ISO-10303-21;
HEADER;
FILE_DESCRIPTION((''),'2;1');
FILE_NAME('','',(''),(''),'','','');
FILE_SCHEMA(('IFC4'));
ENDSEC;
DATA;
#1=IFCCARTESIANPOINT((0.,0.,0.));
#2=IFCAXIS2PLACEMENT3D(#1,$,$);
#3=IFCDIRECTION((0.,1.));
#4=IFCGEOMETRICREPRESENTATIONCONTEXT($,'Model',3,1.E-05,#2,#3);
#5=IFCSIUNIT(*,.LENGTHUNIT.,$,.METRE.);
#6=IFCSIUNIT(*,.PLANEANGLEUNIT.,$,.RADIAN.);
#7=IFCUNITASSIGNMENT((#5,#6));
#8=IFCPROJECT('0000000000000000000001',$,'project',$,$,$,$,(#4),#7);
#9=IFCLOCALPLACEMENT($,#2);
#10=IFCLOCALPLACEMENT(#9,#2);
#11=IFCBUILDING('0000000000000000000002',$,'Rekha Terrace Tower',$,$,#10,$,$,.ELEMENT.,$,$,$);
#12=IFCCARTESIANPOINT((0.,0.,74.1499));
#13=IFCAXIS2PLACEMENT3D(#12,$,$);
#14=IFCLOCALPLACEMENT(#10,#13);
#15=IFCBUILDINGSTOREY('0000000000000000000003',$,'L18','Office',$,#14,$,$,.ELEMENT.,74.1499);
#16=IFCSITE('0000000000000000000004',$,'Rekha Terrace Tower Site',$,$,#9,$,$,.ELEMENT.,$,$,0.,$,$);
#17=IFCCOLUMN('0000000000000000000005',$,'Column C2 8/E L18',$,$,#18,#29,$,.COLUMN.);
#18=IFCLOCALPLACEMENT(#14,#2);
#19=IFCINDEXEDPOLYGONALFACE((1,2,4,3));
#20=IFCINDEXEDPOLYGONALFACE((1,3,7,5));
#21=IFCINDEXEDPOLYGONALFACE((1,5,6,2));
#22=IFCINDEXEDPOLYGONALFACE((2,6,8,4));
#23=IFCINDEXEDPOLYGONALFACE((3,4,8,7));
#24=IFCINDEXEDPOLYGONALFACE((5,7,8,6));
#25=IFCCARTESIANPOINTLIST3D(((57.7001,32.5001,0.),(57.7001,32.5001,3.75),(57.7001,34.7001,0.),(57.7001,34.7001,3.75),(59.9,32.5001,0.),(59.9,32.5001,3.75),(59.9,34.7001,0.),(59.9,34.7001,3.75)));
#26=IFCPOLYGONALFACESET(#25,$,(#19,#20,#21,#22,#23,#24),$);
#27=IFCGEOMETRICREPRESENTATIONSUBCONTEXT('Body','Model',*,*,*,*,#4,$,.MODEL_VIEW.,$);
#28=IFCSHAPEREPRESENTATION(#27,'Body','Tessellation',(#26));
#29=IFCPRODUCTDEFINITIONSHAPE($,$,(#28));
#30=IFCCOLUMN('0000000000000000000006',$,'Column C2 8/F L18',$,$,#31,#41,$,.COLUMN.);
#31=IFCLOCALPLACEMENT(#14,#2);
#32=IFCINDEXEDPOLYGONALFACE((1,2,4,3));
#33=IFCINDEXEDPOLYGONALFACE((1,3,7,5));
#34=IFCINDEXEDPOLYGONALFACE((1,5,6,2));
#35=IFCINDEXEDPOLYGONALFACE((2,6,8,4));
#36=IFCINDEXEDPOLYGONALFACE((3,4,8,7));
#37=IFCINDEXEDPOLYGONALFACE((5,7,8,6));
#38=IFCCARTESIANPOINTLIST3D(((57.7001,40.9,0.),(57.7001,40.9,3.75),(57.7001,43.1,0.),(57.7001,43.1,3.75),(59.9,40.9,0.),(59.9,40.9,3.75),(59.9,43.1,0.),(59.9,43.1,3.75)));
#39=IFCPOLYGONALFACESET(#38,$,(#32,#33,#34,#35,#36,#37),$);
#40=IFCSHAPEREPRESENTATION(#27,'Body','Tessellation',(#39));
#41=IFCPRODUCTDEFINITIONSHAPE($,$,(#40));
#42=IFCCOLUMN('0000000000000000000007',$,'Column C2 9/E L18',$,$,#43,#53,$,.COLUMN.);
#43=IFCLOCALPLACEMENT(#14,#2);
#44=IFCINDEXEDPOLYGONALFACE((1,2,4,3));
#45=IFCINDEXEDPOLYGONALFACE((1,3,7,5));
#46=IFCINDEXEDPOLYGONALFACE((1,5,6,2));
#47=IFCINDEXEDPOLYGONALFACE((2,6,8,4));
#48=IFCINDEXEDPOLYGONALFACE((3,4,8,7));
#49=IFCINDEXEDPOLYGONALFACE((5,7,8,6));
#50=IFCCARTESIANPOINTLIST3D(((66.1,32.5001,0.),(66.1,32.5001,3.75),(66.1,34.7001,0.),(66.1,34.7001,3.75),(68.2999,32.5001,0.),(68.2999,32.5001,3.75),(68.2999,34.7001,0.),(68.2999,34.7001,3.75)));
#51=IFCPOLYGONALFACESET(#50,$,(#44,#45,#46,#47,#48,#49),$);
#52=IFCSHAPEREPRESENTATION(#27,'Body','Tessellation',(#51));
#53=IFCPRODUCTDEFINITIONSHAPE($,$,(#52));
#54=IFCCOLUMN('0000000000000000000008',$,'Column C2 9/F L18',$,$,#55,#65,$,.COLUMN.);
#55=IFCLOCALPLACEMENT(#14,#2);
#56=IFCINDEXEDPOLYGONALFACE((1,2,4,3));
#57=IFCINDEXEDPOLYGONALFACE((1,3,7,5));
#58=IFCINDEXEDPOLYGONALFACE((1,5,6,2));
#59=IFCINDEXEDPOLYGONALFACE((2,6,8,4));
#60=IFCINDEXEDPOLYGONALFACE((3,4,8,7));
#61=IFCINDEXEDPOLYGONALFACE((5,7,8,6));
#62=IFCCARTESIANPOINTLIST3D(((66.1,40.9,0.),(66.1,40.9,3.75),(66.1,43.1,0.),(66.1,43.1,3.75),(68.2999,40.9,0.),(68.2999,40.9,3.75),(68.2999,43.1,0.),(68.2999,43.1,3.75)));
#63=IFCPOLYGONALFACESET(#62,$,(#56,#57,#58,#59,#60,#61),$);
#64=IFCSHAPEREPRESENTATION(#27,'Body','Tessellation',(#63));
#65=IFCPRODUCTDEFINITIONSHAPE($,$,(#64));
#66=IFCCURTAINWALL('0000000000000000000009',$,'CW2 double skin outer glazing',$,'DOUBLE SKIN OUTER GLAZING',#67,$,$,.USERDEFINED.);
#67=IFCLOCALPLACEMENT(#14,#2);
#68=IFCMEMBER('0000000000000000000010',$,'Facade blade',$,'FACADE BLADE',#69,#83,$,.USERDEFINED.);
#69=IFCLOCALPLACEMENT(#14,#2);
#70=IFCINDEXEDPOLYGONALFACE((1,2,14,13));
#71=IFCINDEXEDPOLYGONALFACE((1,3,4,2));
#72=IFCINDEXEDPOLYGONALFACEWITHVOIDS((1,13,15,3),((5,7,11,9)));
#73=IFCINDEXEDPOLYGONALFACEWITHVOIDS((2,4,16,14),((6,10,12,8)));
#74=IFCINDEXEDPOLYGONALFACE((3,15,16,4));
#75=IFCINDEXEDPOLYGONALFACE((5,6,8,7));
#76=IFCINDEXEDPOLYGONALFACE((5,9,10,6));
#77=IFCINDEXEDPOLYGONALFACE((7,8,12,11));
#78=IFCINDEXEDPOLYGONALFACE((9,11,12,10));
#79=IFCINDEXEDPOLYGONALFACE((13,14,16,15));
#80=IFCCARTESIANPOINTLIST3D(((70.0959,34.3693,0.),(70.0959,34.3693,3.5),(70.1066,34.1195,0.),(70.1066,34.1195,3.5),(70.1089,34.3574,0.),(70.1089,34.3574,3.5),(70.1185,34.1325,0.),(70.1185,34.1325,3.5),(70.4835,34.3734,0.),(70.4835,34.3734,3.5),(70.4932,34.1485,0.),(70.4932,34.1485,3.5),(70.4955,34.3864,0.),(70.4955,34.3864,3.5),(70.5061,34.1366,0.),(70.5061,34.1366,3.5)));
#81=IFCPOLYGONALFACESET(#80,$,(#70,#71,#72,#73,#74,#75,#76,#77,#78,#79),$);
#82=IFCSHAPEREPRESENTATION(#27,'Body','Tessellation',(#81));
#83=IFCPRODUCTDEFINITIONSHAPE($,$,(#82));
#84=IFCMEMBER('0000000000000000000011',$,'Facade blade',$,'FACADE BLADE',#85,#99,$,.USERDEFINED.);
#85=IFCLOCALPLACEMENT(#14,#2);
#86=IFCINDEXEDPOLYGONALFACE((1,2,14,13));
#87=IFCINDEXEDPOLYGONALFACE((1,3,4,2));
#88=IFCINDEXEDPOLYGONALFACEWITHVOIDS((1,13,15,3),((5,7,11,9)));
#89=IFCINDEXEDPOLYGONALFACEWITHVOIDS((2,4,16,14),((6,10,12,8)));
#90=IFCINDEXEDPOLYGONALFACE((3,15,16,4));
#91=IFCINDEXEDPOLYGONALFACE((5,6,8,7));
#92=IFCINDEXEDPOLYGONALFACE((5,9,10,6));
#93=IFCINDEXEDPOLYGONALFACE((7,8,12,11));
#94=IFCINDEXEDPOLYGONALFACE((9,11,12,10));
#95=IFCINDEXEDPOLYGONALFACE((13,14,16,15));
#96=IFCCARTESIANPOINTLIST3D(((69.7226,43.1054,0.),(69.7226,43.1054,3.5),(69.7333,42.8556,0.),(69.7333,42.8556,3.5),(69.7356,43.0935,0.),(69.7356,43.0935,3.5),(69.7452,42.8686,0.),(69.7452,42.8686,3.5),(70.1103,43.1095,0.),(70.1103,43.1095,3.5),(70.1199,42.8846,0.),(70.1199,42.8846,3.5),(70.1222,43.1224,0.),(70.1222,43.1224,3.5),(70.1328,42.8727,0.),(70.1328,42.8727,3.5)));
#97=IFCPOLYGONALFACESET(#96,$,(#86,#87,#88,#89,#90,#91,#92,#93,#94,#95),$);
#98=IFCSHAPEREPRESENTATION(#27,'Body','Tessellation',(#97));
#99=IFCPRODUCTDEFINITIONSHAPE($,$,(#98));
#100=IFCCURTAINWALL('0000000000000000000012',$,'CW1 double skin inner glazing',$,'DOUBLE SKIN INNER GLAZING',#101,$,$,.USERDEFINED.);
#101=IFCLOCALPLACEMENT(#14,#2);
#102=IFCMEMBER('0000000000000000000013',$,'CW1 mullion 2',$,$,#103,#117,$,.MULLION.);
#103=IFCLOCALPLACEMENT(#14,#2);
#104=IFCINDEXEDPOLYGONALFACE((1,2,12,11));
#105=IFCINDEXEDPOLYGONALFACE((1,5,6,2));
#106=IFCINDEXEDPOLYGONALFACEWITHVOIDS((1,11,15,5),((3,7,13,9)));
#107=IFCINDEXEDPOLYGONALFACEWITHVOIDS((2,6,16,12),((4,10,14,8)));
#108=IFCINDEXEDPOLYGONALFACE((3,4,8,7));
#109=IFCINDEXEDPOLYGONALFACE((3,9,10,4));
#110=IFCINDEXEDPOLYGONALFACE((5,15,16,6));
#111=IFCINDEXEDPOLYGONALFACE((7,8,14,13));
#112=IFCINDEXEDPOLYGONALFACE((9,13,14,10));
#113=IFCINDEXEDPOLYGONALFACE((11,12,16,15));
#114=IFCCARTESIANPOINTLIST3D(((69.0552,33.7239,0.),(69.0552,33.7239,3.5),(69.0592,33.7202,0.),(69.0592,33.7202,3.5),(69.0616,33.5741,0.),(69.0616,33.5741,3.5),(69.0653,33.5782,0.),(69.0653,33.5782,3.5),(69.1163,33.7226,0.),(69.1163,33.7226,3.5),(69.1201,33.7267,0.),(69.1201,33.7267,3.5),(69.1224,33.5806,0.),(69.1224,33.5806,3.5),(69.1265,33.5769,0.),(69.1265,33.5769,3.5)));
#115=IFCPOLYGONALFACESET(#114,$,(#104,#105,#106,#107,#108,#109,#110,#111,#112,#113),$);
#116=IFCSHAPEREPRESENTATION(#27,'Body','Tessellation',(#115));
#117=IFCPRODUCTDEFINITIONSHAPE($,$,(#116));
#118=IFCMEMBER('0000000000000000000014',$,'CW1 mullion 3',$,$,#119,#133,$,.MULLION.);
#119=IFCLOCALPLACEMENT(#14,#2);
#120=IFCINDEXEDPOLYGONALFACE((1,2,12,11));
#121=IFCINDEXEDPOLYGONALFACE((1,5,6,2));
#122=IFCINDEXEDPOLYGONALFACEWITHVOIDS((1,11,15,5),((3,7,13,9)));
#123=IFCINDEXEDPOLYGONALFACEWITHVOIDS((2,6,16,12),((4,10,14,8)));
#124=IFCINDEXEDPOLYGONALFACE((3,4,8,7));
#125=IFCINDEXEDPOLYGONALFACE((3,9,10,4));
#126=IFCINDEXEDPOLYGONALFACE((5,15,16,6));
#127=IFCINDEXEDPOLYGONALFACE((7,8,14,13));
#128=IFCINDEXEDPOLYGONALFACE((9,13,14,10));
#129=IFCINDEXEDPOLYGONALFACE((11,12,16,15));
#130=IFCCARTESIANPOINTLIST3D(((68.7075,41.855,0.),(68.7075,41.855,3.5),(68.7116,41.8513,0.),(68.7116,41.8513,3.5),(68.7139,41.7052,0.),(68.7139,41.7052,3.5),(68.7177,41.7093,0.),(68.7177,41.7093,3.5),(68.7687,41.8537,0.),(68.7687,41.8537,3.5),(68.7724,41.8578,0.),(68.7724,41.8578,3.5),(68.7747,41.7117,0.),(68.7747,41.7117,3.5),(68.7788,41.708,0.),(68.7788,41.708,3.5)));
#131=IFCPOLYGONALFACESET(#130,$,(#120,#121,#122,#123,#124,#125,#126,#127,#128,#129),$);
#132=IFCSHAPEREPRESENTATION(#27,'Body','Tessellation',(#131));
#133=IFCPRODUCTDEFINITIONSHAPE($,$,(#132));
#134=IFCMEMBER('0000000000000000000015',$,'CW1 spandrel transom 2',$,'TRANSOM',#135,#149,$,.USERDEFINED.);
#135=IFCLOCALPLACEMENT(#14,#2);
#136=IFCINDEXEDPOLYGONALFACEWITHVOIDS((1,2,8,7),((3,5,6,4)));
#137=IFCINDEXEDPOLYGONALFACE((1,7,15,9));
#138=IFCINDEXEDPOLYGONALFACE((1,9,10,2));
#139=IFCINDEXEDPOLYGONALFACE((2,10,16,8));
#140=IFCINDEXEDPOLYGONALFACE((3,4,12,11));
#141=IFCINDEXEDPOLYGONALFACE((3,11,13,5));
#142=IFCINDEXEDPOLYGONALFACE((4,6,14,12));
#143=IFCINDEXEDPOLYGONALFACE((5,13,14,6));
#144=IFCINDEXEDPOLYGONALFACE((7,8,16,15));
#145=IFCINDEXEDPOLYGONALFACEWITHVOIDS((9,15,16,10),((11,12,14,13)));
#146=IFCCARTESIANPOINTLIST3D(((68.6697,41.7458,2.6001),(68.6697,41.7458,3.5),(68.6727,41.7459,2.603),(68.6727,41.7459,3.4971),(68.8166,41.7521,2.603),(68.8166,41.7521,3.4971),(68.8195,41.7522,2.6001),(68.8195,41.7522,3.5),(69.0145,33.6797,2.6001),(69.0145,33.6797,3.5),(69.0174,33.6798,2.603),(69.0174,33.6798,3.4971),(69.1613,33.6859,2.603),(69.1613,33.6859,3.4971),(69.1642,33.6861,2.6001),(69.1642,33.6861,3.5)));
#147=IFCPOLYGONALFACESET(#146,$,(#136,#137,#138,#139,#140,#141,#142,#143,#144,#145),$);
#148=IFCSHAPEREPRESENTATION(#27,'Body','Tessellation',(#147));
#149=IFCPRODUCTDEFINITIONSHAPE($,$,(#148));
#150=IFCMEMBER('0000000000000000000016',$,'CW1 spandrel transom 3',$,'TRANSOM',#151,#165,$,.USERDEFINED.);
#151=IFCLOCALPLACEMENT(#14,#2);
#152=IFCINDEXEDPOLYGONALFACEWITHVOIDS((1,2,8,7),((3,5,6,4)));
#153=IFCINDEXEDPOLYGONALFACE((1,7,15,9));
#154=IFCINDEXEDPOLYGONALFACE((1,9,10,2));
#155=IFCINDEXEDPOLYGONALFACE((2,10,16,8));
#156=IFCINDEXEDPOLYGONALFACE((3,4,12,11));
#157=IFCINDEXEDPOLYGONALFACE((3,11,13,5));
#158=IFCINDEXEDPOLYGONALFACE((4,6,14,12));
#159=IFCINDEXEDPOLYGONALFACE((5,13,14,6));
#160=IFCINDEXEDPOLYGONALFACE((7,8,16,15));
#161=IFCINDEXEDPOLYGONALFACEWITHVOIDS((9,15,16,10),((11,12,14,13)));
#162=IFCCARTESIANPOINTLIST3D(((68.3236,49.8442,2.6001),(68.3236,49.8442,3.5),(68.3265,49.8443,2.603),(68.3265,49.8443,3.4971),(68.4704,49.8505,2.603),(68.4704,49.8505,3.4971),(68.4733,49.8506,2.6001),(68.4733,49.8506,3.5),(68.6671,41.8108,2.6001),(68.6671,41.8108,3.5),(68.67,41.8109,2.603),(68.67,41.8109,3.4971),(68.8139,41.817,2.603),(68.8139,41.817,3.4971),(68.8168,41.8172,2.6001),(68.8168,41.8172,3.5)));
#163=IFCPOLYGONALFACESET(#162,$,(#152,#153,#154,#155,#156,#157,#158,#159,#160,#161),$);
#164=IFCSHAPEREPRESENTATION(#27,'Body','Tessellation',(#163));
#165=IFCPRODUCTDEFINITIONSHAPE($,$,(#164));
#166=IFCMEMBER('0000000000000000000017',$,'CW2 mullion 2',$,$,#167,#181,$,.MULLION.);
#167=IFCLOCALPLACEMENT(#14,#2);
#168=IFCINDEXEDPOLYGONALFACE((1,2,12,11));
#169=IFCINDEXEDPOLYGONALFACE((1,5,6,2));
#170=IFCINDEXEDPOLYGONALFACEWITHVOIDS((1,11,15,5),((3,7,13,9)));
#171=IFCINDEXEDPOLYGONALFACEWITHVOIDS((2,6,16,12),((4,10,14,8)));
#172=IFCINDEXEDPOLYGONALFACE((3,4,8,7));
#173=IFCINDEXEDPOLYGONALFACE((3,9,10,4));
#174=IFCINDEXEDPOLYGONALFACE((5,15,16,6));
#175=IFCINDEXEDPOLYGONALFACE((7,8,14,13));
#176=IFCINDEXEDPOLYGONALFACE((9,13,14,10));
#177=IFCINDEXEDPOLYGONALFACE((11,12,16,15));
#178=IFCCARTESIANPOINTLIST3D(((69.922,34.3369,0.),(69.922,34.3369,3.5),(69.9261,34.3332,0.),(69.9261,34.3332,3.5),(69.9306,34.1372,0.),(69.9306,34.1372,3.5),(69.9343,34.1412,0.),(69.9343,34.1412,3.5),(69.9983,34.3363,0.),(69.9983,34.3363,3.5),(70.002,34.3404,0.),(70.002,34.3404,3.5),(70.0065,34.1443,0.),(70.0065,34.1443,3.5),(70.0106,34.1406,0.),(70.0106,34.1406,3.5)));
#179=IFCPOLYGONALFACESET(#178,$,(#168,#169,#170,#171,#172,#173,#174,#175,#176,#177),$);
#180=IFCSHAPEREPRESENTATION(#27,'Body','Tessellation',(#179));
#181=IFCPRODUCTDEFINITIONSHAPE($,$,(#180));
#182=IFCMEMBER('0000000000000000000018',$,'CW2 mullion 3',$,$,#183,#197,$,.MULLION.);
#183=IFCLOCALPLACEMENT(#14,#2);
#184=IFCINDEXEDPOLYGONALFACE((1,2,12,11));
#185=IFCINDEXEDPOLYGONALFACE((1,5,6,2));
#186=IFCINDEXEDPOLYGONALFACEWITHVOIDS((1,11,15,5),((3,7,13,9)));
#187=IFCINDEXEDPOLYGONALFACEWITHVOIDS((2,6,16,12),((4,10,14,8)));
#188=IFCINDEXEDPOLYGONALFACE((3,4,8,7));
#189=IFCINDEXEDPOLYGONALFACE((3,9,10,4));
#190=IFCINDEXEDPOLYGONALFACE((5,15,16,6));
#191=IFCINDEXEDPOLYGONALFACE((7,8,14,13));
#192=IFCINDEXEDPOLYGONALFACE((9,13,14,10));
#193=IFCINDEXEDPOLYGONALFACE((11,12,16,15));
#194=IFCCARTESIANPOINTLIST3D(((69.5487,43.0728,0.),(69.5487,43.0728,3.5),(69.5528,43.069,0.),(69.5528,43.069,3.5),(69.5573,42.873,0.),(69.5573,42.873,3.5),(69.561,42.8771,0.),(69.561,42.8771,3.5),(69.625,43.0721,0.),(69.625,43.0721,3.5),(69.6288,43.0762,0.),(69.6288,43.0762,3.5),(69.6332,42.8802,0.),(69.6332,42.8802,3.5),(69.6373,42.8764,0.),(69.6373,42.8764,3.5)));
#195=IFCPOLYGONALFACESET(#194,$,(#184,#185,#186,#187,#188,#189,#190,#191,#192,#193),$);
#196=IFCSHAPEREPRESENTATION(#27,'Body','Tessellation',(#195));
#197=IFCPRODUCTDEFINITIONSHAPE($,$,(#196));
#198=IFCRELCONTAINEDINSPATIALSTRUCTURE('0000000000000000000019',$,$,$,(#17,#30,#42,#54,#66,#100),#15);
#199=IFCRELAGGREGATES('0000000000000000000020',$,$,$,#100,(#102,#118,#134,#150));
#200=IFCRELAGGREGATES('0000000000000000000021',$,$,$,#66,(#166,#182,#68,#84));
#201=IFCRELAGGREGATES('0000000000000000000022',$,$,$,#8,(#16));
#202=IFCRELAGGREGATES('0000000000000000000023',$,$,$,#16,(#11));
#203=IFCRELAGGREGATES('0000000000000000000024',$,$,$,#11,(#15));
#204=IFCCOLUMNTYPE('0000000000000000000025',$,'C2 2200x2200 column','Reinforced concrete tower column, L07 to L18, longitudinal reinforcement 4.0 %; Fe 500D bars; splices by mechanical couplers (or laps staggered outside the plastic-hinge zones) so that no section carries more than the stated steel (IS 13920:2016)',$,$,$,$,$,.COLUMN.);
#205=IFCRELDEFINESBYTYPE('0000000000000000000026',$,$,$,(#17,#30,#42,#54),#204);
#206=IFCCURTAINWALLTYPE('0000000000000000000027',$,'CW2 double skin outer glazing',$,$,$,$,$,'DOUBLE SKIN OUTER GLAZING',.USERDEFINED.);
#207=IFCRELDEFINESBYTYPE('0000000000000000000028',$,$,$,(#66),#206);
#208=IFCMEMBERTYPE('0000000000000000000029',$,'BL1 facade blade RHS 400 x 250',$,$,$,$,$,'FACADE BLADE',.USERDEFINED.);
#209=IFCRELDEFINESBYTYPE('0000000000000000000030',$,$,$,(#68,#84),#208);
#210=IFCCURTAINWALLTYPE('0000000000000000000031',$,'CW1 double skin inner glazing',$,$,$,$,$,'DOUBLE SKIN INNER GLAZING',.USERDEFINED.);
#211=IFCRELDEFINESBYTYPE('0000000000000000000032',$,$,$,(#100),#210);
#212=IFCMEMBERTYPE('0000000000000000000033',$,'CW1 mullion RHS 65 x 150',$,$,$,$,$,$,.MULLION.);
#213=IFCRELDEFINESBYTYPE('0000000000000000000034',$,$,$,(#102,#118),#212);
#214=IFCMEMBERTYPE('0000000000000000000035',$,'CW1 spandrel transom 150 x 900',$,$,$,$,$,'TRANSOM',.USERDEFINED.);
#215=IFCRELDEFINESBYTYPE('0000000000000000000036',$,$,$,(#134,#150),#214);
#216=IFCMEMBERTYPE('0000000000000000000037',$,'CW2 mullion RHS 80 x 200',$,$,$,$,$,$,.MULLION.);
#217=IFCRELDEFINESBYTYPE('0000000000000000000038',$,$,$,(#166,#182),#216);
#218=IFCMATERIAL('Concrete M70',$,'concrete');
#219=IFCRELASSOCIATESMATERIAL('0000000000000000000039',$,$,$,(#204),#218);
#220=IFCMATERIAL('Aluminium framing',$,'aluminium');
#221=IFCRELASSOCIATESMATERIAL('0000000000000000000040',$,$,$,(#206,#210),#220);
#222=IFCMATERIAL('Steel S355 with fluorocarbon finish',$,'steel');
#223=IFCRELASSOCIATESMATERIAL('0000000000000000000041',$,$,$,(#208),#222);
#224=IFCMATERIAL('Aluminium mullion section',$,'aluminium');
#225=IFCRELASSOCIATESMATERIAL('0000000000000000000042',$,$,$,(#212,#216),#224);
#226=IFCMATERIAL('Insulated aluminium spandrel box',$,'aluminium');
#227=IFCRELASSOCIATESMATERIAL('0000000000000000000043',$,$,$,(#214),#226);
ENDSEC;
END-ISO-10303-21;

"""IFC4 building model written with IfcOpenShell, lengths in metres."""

from ifc_helpers import new_model, si_unit, direction, frame, origin, origin_2d, place, context, subcontext, project, spatial, rectangle, hollow_rectangle, extrude, material, material_profile, profile_set, type_object, element, aggregate, save


model = new_model("IFC4")

# Units and contexts
model_context = context("Model", 3, precision=1e-05, world=origin(), true_north=direction((0.0, 1.0)))
body_context = subcontext(model_context, "Body", "Model", "MODEL_VIEW")
ifc_project = project(units=[si_unit("LENGTHUNIT", "METRE"), si_unit("PLANEANGLEUNIT", "RADIAN")], contexts=[model_context])

# Site, building, storey
site_placement = place(None, origin())
site = spatial("IfcSite", under=ifc_project, at=site_placement, Name="Rekha Terrace Tower Site", CompositionType="ELEMENT", RefElevation=0.0)
building_placement = place(site_placement, origin())
building = spatial("IfcBuilding", under=site, at=building_placement, Name="Rekha Terrace Tower", CompositionType="ELEMENT")
storey_placement = place(building_placement, frame((0.0, 0.0, 74.1499)))
storey = spatial("IfcBuildingStorey", under=building, at=storey_placement, Name="L18", Description="Office", CompositionType="ELEMENT", Elevation=74.1499)

# Columns
ifc_material_1 = material(Name="Concrete M70", Category="concrete")
ifc_material_profile_1 = material_profile(ifc_material_1, rectangle(XDim=2.2, YDim=2.2, at=origin_2d()), Name="RC 2200x2200")
ifc_profile_set_1 = profile_set([ifc_material_profile_1], Name="Concrete M70")
column_type = type_object("IfcColumnType", Name="C2 2200x2200 column", Description="Reinforced concrete tower column, L07 to L18, longitudinal reinforcement 4.0 %; Fe 500D bars; splices by mechanical couplers (or laps staggered outside the plastic-hinge zones) so that no section carries more than the stated steel (IS 13920:2016)", PredefinedType="COLUMN", material=ifc_profile_set_1)
for number, where, z_axis, x_axis, name in (
    (1, (58.8, 33.6001, 0.0), (0.0, 0.0, 1.0), (1.0, 0.0, 0.0), "Column C2 8/E L18"),
    (2, (58.8, 42.0, 0.0), (0.0, 0.0, 1.0), (1.0, 0.0, 0.0), "Column C2 8/F L18"),
    (3, (67.2, 33.6001, 0.0), (0.0, 0.0, 1.0), (1.0, 0.0, 0.0), "Column C2 9/E L18"),
    (4, (67.2, 42.0, 0.0), (0.0, 0.0, 1.0), (1.0, 0.0, 0.0), "Column C2 9/F L18"),
):
    element("IfcColumn", number, at=place(storey_placement, frame(where, z_axis=z_axis, x_axis=x_axis)), inside=storey, type_object=column_type, Name=name, PredefinedType="COLUMN", context=body_context, shape_type="SweptSolid", body=[
        extrude(rectangle(XDim=2.2, YDim=2.2, at=origin_2d()), origin(), (0.0, 0.0, 1.0), 3.75),
    ])

# Curtain walls, members
ifc_material_2 = material(Name="Aluminium framing", Category="aluminium")
curtain_wall_type_1 = type_object("IfcCurtainWallType", Name="CW2 double skin outer glazing", ElementType="DOUBLE SKIN OUTER GLAZING", PredefinedType="USERDEFINED", material=ifc_material_2)
curtain_wall_1_placement = place(storey_placement, origin())
curtain_wall_1 = element("IfcCurtainWall", 5, at=curtain_wall_1_placement, inside=storey, type_object=curtain_wall_type_1, Name="CW2 double skin outer glazing", ObjectType="DOUBLE SKIN OUTER GLAZING", PredefinedType="USERDEFINED")
ifc_material_3 = material(Name="Steel S355 with fluorocarbon finish", Category="steel")
ifc_material_profile_2 = material_profile(ifc_material_3, hollow_rectangle(XDim=0.25, YDim=0.3999, WallThickness=0.0125, at=origin_2d()), Name="RHS400x250x12.5")
ifc_profile_set_2 = profile_set([ifc_material_profile_2], Name="Steel S355 with fluorocarbon finish")
member_type_1 = type_object("IfcMemberType", Name="BL1 facade blade RHS 400 x 250", ElementType="FACADE BLADE", PredefinedType="USERDEFINED", material=ifc_profile_set_2)
member_1_placement = place(storey_placement, frame((70.301, 34.2529, 0.0), z_axis=(0.0, 0.0, 1.0), x_axis=(-0.042695, 0.999088, 0.0)))
member_1 = element("IfcMember", 6, at=member_1_placement, type_object=member_type_1, Name="Facade blade", ObjectType="FACADE BLADE", PredefinedType="USERDEFINED", context=body_context, shape_type="SweptSolid", body=[
    extrude(hollow_rectangle(XDim=0.25, YDim=0.3999, WallThickness=0.0125, at=origin_2d()), origin(), (0.0, 0.0, 1.0), 3.5),
])
member_2_placement = place(storey_placement, frame((69.9277, 42.989, 0.0), z_axis=(0.0, 0.0, 1.0), x_axis=(-0.042695, 0.999088, 0.0)))
member_2 = element("IfcMember", 7, at=member_2_placement, type_object=member_type_1, Name="Facade blade", ObjectType="FACADE BLADE", PredefinedType="USERDEFINED", context=body_context, shape_type="SweptSolid", body=[
    extrude(hollow_rectangle(XDim=0.25, YDim=0.3999, WallThickness=0.0125, at=origin_2d()), origin(), (0.0, 0.0, 1.0), 3.5),
])
curtain_wall_type_2 = type_object("IfcCurtainWallType", Name="CW1 double skin inner glazing", ElementType="DOUBLE SKIN INNER GLAZING", PredefinedType="USERDEFINED", material=ifc_material_2)
curtain_wall_2_placement = place(storey_placement, origin())
curtain_wall_2 = element("IfcCurtainWall", 8, at=curtain_wall_2_placement, inside=storey, type_object=curtain_wall_type_2, Name="CW1 double skin inner glazing", ObjectType="DOUBLE SKIN INNER GLAZING", PredefinedType="USERDEFINED")
ifc_material_4 = material(Name="Aluminium mullion section", Category="aluminium")
ifc_material_profile_3 = material_profile(ifc_material_4, hollow_rectangle(XDim=0.0649, YDim=0.1499, WallThickness=0.0039, at=origin_2d()), Name="AL RHS 65x150")
ifc_profile_set_3 = profile_set([ifc_material_profile_3], Name="Aluminium mullion section")
member_type_2 = type_object("IfcMemberType", Name="CW1 mullion RHS 65 x 150", PredefinedType="MULLION", material=ifc_profile_set_3)
member_3_placement = place(storey_placement, frame((69.0908, 33.6504, 0.0), z_axis=(0.0, 0.0, 1.0), x_axis=(-0.999088, -0.042696, 0.0)))
member_3 = element("IfcMember", 9, at=member_3_placement, type_object=member_type_2, Name="CW1 mullion 2", PredefinedType="MULLION", context=body_context, shape_type="SweptSolid", body=[
    extrude(hollow_rectangle(XDim=0.0649, YDim=0.1499, WallThickness=0.0039, at=origin_2d()), origin(), (0.0, 0.0, 1.0), 3.5),
])
member_4_placement = place(storey_placement, frame((68.7432, 41.7815, 0.0), z_axis=(0.0, 0.0, 1.0), x_axis=(-0.999088, -0.042696, 0.0)))
member_4 = element("IfcMember", 10, at=member_4_placement, type_object=member_type_2, Name="CW1 mullion 3", PredefinedType="MULLION", context=body_context, shape_type="SweptSolid", body=[
    extrude(hollow_rectangle(XDim=0.0649, YDim=0.1499, WallThickness=0.0039, at=origin_2d()), origin(), (0.0, 0.0, 1.0), 3.5),
])
ifc_material_5 = material(Name="Insulated aluminium spandrel box", Category="aluminium")
ifc_material_profile_4 = material_profile(ifc_material_5, hollow_rectangle(XDim=0.1499, YDim=0.8999, WallThickness=0.0029, at=origin_2d()), Name="AL SPANDREL BOX 150x900")
ifc_profile_set_4 = profile_set([ifc_material_profile_4], Name="Insulated aluminium spandrel box")
member_type_3 = type_object("IfcMemberType", Name="CW1 spandrel transom 150 x 900", ElementType="TRANSOM", PredefinedType="USERDEFINED", material=ifc_profile_set_4)
member_5_placement = place(storey_placement, frame((69.0894, 33.6829, 3.05), z_axis=(-0.042698, 0.999088, 0.0), x_axis=(-0.999088, -0.042698, 0.0)))
member_5 = element("IfcMember", 11, at=member_5_placement, type_object=member_type_3, Name="CW1 spandrel transom 2", ObjectType="TRANSOM", PredefinedType="USERDEFINED", context=body_context, shape_type="SweptSolid", body=[
    extrude(hollow_rectangle(XDim=0.1499, YDim=0.8999, WallThickness=0.0029, at=origin_2d()), origin(), (0.0, 0.0, 1.0), 8.0735),
])
member_6_placement = place(storey_placement, frame((68.7419, 41.814, 3.05), z_axis=(-0.04272, 0.999087, 0.0), x_axis=(-0.999087, -0.04272, 0.0)))
member_6 = element("IfcMember", 12, at=member_6_placement, type_object=member_type_3, Name="CW1 spandrel transom 3", ObjectType="TRANSOM", PredefinedType="USERDEFINED", context=body_context, shape_type="SweptSolid", body=[
    extrude(hollow_rectangle(XDim=0.1499, YDim=0.8999, WallThickness=0.0029, at=origin_2d()), origin(), (0.0, 0.0, 1.0), 8.0408),
])

# Members
ifc_material_profile_5 = material_profile(ifc_material_4, hollow_rectangle(XDim=0.0801, YDim=0.2, WallThickness=0.0039, at=origin_2d()), Name="AL RHS 80x200")
ifc_profile_set_5 = profile_set([ifc_material_profile_5], Name="Aluminium mullion section")
member_type_4 = type_object("IfcMemberType", Name="CW2 mullion RHS 80 x 200", PredefinedType="MULLION", material=ifc_profile_set_5)
member_7_placement = place(storey_placement, frame((69.9663, 34.2388, 0.0), z_axis=(0.0, 0.0, 1.0), x_axis=(-0.999088, -0.042696, 0.0)))
member_7 = element("IfcMember", 13, at=member_7_placement, type_object=member_type_4, Name="CW2 mullion 2", PredefinedType="MULLION", context=body_context, shape_type="SweptSolid", body=[
    extrude(hollow_rectangle(XDim=0.0801, YDim=0.2, WallThickness=0.0039, at=origin_2d()), origin(), (0.0, 0.0, 1.0), 3.5),
])
member_8_placement = place(storey_placement, frame((69.593, 42.9746, 0.0), z_axis=(0.0, 0.0, 1.0), x_axis=(-0.999088, -0.042696, 0.0)))
member_8 = element("IfcMember", 14, at=member_8_placement, type_object=member_type_4, Name="CW2 mullion 3", PredefinedType="MULLION", context=body_context, shape_type="SweptSolid", body=[
    extrude(hollow_rectangle(XDim=0.0801, YDim=0.2, WallThickness=0.0039, at=origin_2d()), origin(), (0.0, 0.0, 1.0), 3.5),
])

aggregate(curtain_wall_2, [member_3, member_4, member_5, member_6])
aggregate(curtain_wall_1, [member_7, member_8, member_1, member_2])

save(model, "model.ifc")
